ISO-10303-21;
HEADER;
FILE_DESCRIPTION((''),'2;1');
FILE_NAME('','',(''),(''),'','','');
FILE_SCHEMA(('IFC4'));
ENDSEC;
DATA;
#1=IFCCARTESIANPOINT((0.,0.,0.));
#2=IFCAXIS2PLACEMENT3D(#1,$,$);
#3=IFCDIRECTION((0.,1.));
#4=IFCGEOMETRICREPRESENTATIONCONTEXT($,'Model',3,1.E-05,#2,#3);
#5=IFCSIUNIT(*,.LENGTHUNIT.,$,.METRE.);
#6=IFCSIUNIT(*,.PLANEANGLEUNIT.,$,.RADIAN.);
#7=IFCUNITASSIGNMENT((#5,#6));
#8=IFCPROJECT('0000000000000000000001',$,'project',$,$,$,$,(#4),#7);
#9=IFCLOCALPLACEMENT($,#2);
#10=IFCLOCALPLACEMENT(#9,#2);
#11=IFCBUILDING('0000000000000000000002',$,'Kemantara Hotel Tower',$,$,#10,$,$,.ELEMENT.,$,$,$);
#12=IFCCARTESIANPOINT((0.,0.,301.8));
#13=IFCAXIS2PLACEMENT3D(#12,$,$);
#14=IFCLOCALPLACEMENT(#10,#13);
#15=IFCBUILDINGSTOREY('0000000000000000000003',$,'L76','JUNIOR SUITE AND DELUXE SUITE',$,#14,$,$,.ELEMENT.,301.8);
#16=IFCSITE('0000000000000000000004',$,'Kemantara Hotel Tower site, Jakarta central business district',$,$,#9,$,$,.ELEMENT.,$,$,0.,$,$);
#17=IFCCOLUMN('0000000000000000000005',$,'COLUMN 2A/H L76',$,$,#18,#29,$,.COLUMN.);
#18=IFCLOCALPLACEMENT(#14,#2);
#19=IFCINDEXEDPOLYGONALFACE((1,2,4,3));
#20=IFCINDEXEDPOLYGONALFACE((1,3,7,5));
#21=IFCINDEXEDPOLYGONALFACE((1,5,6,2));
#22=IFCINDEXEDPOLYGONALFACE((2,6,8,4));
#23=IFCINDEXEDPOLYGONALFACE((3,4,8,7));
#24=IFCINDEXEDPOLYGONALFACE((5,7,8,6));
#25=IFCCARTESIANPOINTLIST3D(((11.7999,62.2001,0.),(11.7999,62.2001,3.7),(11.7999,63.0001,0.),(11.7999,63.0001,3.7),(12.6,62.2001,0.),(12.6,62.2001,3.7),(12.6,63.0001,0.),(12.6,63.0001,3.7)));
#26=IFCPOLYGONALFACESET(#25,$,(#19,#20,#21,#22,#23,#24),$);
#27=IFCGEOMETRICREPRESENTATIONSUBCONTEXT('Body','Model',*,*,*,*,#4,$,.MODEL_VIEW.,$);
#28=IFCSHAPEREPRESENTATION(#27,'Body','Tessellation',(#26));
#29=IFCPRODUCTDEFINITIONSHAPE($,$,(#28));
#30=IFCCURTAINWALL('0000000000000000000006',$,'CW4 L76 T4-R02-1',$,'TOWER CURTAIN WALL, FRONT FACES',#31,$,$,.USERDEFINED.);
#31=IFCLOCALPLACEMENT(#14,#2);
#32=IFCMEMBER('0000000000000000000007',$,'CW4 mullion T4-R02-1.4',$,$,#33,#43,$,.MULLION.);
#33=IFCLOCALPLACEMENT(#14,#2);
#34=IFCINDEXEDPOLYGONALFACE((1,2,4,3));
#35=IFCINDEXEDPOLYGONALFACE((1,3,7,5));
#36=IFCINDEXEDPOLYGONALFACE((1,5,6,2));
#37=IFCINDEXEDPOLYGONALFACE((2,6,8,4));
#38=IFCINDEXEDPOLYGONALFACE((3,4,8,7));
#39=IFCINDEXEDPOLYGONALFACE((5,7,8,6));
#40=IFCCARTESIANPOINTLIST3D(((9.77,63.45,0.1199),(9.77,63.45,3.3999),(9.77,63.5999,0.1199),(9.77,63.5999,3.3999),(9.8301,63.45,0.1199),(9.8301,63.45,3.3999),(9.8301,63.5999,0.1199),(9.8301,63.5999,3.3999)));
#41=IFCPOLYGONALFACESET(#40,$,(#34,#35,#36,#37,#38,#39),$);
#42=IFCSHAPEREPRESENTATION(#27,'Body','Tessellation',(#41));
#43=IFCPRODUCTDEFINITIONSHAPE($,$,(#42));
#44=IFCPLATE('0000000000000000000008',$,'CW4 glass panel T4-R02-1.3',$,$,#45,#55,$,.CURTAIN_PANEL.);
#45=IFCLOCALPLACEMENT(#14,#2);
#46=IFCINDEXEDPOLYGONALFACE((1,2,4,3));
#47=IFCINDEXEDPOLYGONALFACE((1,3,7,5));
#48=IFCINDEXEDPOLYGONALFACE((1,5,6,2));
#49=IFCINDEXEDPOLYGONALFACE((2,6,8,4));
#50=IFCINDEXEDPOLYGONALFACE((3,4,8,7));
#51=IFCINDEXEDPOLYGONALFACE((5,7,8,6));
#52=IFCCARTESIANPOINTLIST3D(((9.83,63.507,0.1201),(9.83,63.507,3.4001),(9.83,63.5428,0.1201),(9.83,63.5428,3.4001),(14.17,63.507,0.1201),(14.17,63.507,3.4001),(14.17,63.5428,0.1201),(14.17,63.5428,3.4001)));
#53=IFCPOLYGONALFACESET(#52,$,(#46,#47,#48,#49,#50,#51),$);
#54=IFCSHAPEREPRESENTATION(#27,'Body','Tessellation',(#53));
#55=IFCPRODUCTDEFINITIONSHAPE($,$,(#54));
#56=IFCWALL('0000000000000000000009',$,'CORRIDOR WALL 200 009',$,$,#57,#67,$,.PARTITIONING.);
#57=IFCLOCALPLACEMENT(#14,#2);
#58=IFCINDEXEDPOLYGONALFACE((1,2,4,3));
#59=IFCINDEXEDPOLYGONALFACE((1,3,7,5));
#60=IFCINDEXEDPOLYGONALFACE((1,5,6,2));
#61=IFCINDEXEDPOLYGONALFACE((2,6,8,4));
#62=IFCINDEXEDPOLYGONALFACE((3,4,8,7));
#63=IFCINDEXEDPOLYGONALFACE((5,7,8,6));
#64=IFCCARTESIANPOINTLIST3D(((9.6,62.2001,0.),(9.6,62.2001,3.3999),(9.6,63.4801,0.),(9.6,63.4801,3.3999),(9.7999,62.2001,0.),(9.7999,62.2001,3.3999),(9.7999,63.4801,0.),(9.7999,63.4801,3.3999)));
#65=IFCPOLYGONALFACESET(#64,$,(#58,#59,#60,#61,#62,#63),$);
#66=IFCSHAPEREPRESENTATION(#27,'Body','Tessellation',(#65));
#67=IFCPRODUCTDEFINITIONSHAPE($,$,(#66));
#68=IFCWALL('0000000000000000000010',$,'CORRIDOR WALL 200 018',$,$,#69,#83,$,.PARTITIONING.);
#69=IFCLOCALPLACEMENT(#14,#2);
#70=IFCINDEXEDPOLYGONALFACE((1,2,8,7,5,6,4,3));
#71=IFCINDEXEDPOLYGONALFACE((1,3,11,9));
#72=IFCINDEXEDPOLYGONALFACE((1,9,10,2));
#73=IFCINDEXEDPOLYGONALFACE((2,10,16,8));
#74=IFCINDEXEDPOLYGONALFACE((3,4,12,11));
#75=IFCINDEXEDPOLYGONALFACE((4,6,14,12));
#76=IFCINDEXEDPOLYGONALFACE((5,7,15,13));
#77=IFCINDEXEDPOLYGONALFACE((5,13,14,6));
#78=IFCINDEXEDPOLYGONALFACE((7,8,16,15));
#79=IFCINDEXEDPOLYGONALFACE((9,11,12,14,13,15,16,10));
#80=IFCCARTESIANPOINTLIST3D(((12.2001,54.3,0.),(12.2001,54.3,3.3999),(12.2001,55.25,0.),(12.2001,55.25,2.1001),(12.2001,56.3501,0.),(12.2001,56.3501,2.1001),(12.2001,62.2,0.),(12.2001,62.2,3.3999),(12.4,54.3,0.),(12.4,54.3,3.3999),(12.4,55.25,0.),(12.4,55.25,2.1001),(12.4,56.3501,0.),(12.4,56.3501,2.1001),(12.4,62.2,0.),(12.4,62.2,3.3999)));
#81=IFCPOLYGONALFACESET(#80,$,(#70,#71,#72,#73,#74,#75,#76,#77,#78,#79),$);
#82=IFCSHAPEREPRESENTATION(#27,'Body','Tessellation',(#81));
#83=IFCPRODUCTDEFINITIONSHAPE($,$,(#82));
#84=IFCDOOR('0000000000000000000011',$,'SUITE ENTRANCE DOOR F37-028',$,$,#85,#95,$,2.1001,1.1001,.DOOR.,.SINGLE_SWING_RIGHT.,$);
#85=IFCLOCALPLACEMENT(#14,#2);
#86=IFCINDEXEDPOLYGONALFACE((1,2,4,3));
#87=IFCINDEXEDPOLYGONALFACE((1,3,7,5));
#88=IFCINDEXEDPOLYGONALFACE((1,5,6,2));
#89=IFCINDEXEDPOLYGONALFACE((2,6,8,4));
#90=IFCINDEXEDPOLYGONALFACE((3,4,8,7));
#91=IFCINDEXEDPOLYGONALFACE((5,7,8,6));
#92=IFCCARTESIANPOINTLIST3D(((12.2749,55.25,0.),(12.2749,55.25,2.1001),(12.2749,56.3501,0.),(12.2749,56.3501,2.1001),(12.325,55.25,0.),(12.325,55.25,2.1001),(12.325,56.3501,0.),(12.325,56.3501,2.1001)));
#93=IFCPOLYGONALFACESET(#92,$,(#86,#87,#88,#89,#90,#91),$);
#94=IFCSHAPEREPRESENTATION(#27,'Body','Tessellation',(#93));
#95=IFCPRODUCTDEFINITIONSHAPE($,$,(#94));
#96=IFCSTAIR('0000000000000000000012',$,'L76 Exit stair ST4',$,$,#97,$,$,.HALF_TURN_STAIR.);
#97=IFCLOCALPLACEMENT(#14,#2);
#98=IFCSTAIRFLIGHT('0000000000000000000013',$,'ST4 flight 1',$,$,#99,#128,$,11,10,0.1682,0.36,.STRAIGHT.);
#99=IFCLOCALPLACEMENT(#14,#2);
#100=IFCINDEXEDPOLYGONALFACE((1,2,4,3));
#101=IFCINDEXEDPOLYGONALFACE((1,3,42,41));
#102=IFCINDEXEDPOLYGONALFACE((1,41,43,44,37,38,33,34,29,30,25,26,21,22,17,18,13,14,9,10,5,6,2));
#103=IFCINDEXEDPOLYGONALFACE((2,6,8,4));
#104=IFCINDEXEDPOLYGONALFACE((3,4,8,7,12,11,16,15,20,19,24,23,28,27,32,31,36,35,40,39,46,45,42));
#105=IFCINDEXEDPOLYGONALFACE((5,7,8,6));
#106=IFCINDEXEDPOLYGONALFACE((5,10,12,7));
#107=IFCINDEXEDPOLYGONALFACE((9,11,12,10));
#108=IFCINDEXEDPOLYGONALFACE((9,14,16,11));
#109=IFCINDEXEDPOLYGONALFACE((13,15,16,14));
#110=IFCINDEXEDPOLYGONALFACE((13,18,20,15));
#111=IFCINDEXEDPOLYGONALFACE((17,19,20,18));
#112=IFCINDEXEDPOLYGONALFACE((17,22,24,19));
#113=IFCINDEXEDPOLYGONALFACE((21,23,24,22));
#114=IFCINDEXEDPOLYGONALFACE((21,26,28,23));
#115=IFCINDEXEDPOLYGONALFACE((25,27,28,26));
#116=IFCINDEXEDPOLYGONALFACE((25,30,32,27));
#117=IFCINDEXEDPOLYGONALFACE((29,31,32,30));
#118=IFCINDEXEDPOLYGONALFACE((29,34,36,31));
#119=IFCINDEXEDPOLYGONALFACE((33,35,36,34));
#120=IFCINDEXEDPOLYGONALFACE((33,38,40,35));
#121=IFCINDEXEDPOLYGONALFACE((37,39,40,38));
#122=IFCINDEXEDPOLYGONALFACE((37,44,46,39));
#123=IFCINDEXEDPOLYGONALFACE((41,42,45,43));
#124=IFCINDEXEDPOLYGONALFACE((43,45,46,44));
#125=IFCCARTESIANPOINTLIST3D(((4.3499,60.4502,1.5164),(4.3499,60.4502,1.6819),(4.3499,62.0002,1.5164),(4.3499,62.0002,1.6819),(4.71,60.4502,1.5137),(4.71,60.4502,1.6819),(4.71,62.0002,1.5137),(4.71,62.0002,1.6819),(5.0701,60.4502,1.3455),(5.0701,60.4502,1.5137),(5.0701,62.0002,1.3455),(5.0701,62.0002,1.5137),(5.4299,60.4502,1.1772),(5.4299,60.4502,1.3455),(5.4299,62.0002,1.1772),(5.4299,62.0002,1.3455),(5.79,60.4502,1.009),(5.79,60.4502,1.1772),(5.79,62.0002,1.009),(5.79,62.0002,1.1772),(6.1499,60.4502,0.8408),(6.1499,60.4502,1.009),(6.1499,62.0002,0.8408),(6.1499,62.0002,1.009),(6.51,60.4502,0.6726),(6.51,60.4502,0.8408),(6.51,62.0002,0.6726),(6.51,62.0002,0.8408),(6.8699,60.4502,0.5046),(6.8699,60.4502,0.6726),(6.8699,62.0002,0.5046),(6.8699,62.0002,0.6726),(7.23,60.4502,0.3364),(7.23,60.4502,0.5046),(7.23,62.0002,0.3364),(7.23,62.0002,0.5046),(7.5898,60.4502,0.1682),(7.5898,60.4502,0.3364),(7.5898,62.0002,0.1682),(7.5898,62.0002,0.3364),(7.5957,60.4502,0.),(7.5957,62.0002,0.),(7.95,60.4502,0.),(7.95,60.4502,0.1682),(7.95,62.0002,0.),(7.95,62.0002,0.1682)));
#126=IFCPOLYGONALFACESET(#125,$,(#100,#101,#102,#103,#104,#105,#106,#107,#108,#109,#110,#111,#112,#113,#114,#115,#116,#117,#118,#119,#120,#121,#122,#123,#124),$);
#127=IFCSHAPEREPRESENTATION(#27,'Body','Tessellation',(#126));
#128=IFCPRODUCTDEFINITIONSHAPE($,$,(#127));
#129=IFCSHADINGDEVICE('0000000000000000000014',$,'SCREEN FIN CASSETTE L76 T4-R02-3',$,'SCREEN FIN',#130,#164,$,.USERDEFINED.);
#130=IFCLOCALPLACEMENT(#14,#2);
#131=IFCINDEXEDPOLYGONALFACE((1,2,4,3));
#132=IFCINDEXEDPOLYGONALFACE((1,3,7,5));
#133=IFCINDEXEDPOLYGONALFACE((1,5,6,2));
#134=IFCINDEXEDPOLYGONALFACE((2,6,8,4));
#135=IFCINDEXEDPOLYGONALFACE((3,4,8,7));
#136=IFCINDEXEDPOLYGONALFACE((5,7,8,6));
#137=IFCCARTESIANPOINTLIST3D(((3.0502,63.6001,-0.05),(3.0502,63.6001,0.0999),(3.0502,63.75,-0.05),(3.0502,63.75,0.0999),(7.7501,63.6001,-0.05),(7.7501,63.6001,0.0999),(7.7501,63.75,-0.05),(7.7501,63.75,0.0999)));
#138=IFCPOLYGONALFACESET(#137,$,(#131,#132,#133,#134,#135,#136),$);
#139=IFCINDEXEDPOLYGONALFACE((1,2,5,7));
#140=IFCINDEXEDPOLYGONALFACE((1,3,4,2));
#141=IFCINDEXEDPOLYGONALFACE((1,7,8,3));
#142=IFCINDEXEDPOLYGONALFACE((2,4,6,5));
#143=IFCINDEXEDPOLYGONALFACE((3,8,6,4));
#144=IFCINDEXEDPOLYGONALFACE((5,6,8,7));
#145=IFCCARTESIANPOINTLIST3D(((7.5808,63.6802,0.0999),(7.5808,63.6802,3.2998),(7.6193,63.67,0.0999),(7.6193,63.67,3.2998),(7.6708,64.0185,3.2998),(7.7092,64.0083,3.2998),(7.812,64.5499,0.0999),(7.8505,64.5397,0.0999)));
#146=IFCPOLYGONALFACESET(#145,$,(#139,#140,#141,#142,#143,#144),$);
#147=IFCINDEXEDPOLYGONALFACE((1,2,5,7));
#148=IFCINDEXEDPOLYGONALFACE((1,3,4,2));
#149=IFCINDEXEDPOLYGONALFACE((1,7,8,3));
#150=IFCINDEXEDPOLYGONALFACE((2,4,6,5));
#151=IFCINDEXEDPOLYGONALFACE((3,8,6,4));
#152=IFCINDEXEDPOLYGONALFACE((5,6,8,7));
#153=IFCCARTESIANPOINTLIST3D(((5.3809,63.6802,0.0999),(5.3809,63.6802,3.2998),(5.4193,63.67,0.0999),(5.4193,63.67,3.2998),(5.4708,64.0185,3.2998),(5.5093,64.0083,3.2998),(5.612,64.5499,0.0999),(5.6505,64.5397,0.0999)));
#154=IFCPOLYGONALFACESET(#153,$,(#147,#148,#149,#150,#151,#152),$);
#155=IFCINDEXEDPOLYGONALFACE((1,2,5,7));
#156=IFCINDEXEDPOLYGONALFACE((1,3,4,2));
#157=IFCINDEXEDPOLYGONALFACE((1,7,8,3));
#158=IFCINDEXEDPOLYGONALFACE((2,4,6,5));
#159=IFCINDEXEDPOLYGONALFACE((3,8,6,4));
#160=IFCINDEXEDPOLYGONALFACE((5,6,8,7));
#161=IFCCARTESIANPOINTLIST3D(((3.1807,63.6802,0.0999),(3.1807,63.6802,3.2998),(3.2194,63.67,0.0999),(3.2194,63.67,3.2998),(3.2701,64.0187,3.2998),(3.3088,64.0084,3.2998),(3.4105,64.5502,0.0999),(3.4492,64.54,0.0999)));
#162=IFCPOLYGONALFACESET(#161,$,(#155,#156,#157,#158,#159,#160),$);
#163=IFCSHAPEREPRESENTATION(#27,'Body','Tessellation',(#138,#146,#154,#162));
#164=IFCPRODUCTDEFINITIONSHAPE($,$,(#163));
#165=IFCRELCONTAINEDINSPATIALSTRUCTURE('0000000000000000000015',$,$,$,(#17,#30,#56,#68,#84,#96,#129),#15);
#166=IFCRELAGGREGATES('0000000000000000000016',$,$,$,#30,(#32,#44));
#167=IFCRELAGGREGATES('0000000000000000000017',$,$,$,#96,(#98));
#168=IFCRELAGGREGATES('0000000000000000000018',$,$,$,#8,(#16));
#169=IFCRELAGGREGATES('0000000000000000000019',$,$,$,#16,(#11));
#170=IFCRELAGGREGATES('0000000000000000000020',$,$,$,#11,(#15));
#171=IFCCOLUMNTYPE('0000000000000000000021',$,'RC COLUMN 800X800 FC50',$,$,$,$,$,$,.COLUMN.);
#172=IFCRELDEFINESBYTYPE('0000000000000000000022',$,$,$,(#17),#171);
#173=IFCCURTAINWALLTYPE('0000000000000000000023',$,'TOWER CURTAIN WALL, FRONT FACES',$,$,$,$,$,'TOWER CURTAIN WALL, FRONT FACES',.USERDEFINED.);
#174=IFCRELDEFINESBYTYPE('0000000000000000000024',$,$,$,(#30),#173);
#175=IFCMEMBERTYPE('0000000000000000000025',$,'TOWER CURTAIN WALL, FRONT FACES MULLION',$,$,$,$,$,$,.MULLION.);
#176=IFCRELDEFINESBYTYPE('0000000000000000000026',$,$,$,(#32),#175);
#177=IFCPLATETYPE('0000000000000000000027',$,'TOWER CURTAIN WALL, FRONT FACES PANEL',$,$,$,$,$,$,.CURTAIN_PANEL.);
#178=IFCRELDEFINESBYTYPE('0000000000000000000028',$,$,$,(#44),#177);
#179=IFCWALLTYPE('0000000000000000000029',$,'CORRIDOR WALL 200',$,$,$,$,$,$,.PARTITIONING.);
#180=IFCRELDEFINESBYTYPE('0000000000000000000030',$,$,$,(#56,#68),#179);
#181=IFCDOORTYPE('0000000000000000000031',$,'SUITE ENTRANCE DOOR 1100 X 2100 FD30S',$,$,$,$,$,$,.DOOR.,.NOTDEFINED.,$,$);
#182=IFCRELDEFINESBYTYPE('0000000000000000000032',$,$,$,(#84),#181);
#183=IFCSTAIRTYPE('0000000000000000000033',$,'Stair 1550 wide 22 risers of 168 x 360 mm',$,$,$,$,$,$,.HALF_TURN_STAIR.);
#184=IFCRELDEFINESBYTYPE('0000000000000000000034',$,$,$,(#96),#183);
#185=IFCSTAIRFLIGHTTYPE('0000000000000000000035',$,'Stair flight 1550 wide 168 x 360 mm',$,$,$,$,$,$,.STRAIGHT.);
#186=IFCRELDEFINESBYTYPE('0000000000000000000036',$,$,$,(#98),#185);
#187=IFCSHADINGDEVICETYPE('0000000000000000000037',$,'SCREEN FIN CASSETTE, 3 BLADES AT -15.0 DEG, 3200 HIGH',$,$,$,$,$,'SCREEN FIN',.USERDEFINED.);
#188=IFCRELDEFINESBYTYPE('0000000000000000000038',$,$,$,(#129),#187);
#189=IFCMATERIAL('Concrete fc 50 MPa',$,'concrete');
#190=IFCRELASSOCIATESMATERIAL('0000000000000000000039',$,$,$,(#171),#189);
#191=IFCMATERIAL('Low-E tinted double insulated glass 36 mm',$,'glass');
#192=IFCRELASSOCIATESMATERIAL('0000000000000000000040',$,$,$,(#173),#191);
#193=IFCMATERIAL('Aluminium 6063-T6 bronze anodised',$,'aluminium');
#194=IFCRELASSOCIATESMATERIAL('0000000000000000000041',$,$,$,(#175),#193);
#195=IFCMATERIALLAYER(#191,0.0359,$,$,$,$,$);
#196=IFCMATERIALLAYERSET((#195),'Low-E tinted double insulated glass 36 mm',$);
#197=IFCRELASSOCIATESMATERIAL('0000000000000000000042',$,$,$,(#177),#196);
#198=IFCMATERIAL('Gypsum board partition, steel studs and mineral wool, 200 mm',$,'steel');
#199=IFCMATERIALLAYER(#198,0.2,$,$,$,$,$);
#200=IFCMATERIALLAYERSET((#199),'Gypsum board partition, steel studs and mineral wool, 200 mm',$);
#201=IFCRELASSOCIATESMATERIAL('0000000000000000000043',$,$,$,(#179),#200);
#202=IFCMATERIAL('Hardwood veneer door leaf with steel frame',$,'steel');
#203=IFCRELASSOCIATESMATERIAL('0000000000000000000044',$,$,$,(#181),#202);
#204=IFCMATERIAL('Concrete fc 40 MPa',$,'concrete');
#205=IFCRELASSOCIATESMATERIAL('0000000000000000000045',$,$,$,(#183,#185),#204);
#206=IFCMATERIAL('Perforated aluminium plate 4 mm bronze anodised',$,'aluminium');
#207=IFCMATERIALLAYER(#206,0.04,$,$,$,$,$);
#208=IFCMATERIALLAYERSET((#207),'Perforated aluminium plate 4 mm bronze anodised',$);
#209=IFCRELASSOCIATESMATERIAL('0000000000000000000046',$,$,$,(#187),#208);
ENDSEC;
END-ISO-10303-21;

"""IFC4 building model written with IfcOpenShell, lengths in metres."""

from ifc_helpers import new_model, si_unit, direction, frame, frame_2d, origin, origin_2d, place, context, subcontext, project, spatial, polyline, rectangle, outline, extrude, source, transform, mapped, material, layer, layer_set, material_profile, profile_set, type_object, element, fill, aggregate, save


model = new_model("IFC4")

# Units and contexts
model_context = context("Model", 3, precision=1e-05, world=origin(), true_north=direction((0.0, 1.0)))
body_context = subcontext(model_context, "Body", "Model", "MODEL_VIEW")
ifc_project = project(units=[si_unit("LENGTHUNIT", "METRE"), si_unit("PLANEANGLEUNIT", "RADIAN")], contexts=[model_context])

# Site, building, storey
site_placement = place(None, origin())
site = spatial("IfcSite", under=ifc_project, at=site_placement, Name="Kemantara Hotel Tower site, Jakarta central business district", CompositionType="ELEMENT", RefElevation=0.0)
building_placement = place(site_placement, origin())
building = spatial("IfcBuilding", under=site, at=building_placement, Name="Kemantara Hotel Tower", CompositionType="ELEMENT")
storey_placement = place(building_placement, frame((0.0, 0.0, 301.8)))
storey = spatial("IfcBuildingStorey", under=building, at=storey_placement, Name="L76", Description="JUNIOR SUITE AND DELUXE SUITE", CompositionType="ELEMENT", Elevation=301.8)

# Column
ifc_material_1 = material(Name="Concrete fc 50 MPa", Category="concrete")
ifc_material_profile_1 = material_profile(ifc_material_1, rectangle(XDim=0.8, YDim=0.8, at=origin_2d()), Name="RC 800X800")
ifc_profile_set_1 = profile_set([ifc_material_profile_1], Name="Concrete fc 50 MPa")
column_type = type_object("IfcColumnType", Name="RC COLUMN 800X800 FC50", PredefinedType="COLUMN", material=ifc_profile_set_1)
column_placement = place(storey_placement, frame((12.2, 62.6001, 0.0), z_axis=(0.0, 0.0, 1.0), x_axis=(1.0, 0.0, 0.0)))
element("IfcColumn", 1, at=column_placement, inside=storey, type_object=column_type, Name="COLUMN 2A/H L76", PredefinedType="COLUMN", context=body_context, shape_type="SweptSolid", body=[
    extrude(rectangle(XDim=0.8, YDim=0.8, at=origin_2d()), origin(), (0.0, 0.0, 1.0), 3.7),
])

# Curtain wall, member, plate
ifc_material_2 = material(Name="Low-E tinted double insulated glass 36 mm", Category="glass")
curtain_wall_type = type_object("IfcCurtainWallType", Name="TOWER CURTAIN WALL, FRONT FACES", ElementType="TOWER CURTAIN WALL, FRONT FACES", PredefinedType="USERDEFINED", material=ifc_material_2)
curtain_wall_placement = place(storey_placement, origin())
curtain_wall = element("IfcCurtainWall", 2, at=curtain_wall_placement, inside=storey, type_object=curtain_wall_type, Name="CW4 L76 T4-R02-1", ObjectType="TOWER CURTAIN WALL, FRONT FACES", PredefinedType="USERDEFINED")
ifc_material_3 = material(Name="Aluminium 6063-T6 bronze anodised", Category="aluminium")
ifc_material_profile_2 = material_profile(ifc_material_3, rectangle(XDim=0.1499, YDim=0.0601, at=origin_2d()), Name="TOWER CURTAIN WALL, FRONT FACES MULLION")
ifc_profile_set_2 = profile_set([ifc_material_profile_2], Name="Aluminium 6063-T6 bronze anodised")
member_type = type_object("IfcMemberType", Name="TOWER CURTAIN WALL, FRONT FACES MULLION", PredefinedType="MULLION", material=ifc_profile_set_2)
shared_shape_1 = source(origin(), body_context, "Body", "SweptSolid", [
    extrude(rectangle(XDim=0.1499, YDim=0.0601, at=origin_2d()), origin(), (0.0, 0.0, 1.0), 3.28),
])
member_placement = place(storey_placement, frame((9.8, 63.5249, 0.1199), z_axis=(0.0, 0.0, 1.0), x_axis=(0.0, -1.0, 0.0)))
member = element("IfcMember", 3, at=member_placement, type_object=member_type, Name="CW4 mullion T4-R02-1.4", PredefinedType="MULLION", context=body_context, shape_type="MappedRepresentation", body=[
    mapped(shared_shape_1, transform((0.0, 0.0, 0.0))),
])
ifc_layer_1 = layer(ifc_material_2, 0.0359)
ifc_layer_set_1 = layer_set([ifc_layer_1], Name="Low-E tinted double insulated glass 36 mm")
plate_type = type_object("IfcPlateType", Name="TOWER CURTAIN WALL, FRONT FACES PANEL", PredefinedType="CURTAIN_PANEL", material=ifc_layer_set_1)
shared_shape_2 = source(origin(), body_context, "Body", "SweptSolid", [
    extrude(rectangle(XDim=4.3401, YDim=0.0359, at=origin_2d()), origin(), (0.0, 0.0, 1.0), 3.28),
])
plate_placement = place(storey_placement, frame((12.0, 63.5249, 0.1201), z_axis=(0.0, 0.0, 1.0), x_axis=(-1.0, 0.0, 0.0)))
plate = element("IfcPlate", 4, at=plate_placement, type_object=plate_type, Name="CW4 glass panel T4-R02-1.3", PredefinedType="CURTAIN_PANEL", context=body_context, shape_type="MappedRepresentation", body=[
    mapped(shared_shape_2, transform((0.0, 0.0, 0.0))),
])
aggregate(curtain_wall, [member, plate])

# Wall
ifc_material_4 = material(Name="Gypsum board partition, steel studs and mineral wool, 200 mm", Category="steel")
ifc_layer_2 = layer(ifc_material_4, 0.2)
ifc_layer_set_2 = layer_set([ifc_layer_2], Name="Gypsum board partition, steel studs and mineral wool, 200 mm")
wall_type = type_object("IfcWallType", Name="CORRIDOR WALL 200", PredefinedType="PARTITIONING", material=ifc_layer_set_2)
wall_1_placement = place(storey_placement, frame((9.7, 62.2, 0.0), z_axis=(0.0, 0.0, 1.0), x_axis=(0.0, 1.0, 0.0)))
element("IfcWall", 5, at=wall_1_placement, inside=storey, type_object=wall_type, Name="CORRIDOR WALL 200 009", PredefinedType="PARTITIONING", context=body_context, shape_type="SweptSolid", body=[
    extrude(rectangle(XDim=1.28, YDim=0.2, at=frame_2d((0.6401, 0.0))), origin(), (0.0, 0.0, 1.0), 3.3999),
])

# Wall, opening, door
wall_2_placement = place(storey_placement, frame((12.3, 62.2, 0.0), z_axis=(0.0, 0.0, 1.0), x_axis=(0.0, -1.0, 0.0)))
wall_2 = element("IfcWall", 6, at=wall_2_placement, inside=storey, type_object=wall_type, Name="CORRIDOR WALL 200 018", PredefinedType="PARTITIONING", context=body_context, shape_type="SweptSolid", body=[
    extrude(rectangle(XDim=7.8999, YDim=0.2, at=frame_2d((3.95, 0.0))), origin(), (0.0, 0.0, 1.0), 3.3999),
])
opening_placement = place(wall_2_placement, frame((5.8499, 0.0, 0.0)))
opening = element("IfcOpeningElement", 7, at=opening_placement, cuts=wall_2, PredefinedType="OPENING", context=body_context, shape_type="SweptSolid", body=[
    extrude(rectangle(XDim=1.1001, YDim=2.1001, at=frame_2d((0.55, 1.05))), frame((0.0, 0.1099, 0.0), z_axis=(0.0, -1.0, 0.0), x_axis=(1.0, 0.0, 0.0)), (0.0, 0.0, 1.0), 0.22),
])
ifc_material_5 = material(Name="Hardwood veneer door leaf with steel frame", Category="steel")
door_type = type_object("IfcDoorType", Name="SUITE ENTRANCE DOOR 1100 X 2100 FD30S", OperationType="NOTDEFINED", PredefinedType="DOOR", material=ifc_material_5)
door_placement = place(opening_placement, origin())
door = element("IfcDoor", 8, at=door_placement, inside=storey, type_object=door_type, Name="SUITE ENTRANCE DOOR F37-028", OperationType="SINGLE_SWING_RIGHT", OverallHeight=2.1001, OverallWidth=1.1001, PredefinedType="DOOR", context=body_context, shape_type="SweptSolid", body=[
    extrude(rectangle(XDim=1.1001, YDim=2.1001, at=frame_2d((0.55, 1.05))), frame((0.0, 0.0249, 0.0), z_axis=(0.0, -1.0, 0.0), x_axis=(1.0, 0.0, 0.0)), (0.0, 0.0, 1.0), 0.05),
])
fill(opening, door)

# Stair, stair flight
ifc_material_6 = material(Name="Concrete fc 40 MPa", Category="concrete")
stair_type = type_object("IfcStairType", Name="Stair 1550 wide 22 risers of 168 x 360 mm", PredefinedType="HALF_TURN_STAIR", material=ifc_material_6)
stair_placement = place(storey_placement, origin())
stair = element("IfcStair", 9, at=stair_placement, inside=storey, type_object=stair_type, Name="L76 Exit stair ST4", PredefinedType="HALF_TURN_STAIR")
stair_flight_type = type_object("IfcStairFlightType", Name="Stair flight 1550 wide 168 x 360 mm", PredefinedType="STRAIGHT", material=ifc_material_6)
stair_flight_placement = place(storey_placement, frame((7.95, 61.2251, 0.0), z_axis=(0.0, 0.0, 1.0), x_axis=(-1.0, 0.0, 0.0)))
stair_flight = element("IfcStairFlight", 10, at=stair_flight_placement, type_object=stair_flight_type, Name="ST4 flight 1", NumberOfRisers=11, NumberOfTreads=10, PredefinedType="STRAIGHT", RiserHeight=0.1682, TreadLength=0.36, context=body_context, shape_type="SweptSolid", body=[
    extrude(outline(polyline([(0.0, 0.0), (0.0, 0.1682), (0.3601, 0.1682), (0.3601, 0.3364), (0.72, 0.3364), (0.72, 0.5046), (1.0801, 0.5046), (1.0801, 0.6726), (1.4399, 0.6726), (1.4399, 0.8408), (1.8, 0.8408), (1.8, 1.009), (2.1599, 1.009), (2.1599, 1.1772), (2.52, 1.1772), (2.52, 1.3455), (2.8799, 1.3455), (2.8799, 1.5137), (3.24, 1.5137), (3.24, 1.6819), (3.6001, 1.6819), (3.6001, 1.8501), (3.6001, 1.5164), (0.3542, 0.0), (0.0, 0.0)])), frame((0.0, 0.7749, 0.0), z_axis=(0.0, -1.0, 0.0), x_axis=(1.0, 0.0, 0.0)), (0.0, 0.0, 1.0), 1.55),
])
aggregate(stair, [stair_flight])

# Shading device
ifc_material_7 = material(Name="Perforated aluminium plate 4 mm bronze anodised", Category="aluminium")
ifc_layer_3 = layer(ifc_material_7, 0.04)
ifc_layer_set_3 = layer_set([ifc_layer_3], Name="Perforated aluminium plate 4 mm bronze anodised")
shading_device_type = type_object("IfcShadingDeviceType", Name="SCREEN FIN CASSETTE, 3 BLADES AT -15.0 DEG, 3200 HIGH", ElementType="SCREEN FIN", PredefinedType="USERDEFINED", material=ifc_layer_set_3)
shared_shape_3 = source(origin(), body_context, "Body", "SweptSolid", [
    extrude(rectangle(XDim=4.7, YDim=0.1499, at=origin_2d()), frame((2.2, -0.075, -0.1499), z_axis=(0.0, 0.0, 1.0), x_axis=(1.0, 0.0, 0.0)), (0.0, 0.0, 1.0), 0.1499),
    extrude(outline(polyline([(0.0, 0.0), (0.8999, 0.0), (0.3501, 3.2), (0.0, 3.2), (0.0, 0.0)])), frame((0.0193, -0.0801, 0.0), z_axis=(-0.966438, 0.256901, 0.0), x_axis=(-0.256901, -0.966438, 0.0)), (0.0, 0.0, 1.0), 0.0398),
    extrude(outline(polyline([(0.0, 0.0), (0.8999, 0.0), (0.3501, 3.2), (0.0, 3.2), (0.0, 0.0)])), frame((2.2192, -0.0801, 0.0), z_axis=(-0.966438, 0.256901, 0.0), x_axis=(-0.256901, -0.966438, 0.0)), (0.0, 0.0, 1.0), 0.0398),
    extrude(outline(polyline([(0.0, 0.0), (0.8999, 0.0), (0.3501, 3.2), (0.0, 3.2), (0.0, 0.0)])), frame((4.4194, -0.0801, 0.0), z_axis=(-0.966838, 0.255391, 0.0), x_axis=(-0.255391, -0.966838, 0.0)), (0.0, 0.0, 1.0), 0.04),
])
shading_device_placement = place(storey_placement, frame((7.6001, 63.6001, 0.0999), z_axis=(0.0, 0.0, 1.0), x_axis=(-1.0, 0.0, 0.0)))
element("IfcShadingDevice", 11, at=shading_device_placement, inside=storey, type_object=shading_device_type, Name="SCREEN FIN CASSETTE L76 T4-R02-3", ObjectType="SCREEN FIN", PredefinedType="USERDEFINED", context=body_context, shape_type="MappedRepresentation", body=[
    mapped(shared_shape_3, transform((0.0, 0.0, 0.0))),
])

save(model, "model.ifc")
